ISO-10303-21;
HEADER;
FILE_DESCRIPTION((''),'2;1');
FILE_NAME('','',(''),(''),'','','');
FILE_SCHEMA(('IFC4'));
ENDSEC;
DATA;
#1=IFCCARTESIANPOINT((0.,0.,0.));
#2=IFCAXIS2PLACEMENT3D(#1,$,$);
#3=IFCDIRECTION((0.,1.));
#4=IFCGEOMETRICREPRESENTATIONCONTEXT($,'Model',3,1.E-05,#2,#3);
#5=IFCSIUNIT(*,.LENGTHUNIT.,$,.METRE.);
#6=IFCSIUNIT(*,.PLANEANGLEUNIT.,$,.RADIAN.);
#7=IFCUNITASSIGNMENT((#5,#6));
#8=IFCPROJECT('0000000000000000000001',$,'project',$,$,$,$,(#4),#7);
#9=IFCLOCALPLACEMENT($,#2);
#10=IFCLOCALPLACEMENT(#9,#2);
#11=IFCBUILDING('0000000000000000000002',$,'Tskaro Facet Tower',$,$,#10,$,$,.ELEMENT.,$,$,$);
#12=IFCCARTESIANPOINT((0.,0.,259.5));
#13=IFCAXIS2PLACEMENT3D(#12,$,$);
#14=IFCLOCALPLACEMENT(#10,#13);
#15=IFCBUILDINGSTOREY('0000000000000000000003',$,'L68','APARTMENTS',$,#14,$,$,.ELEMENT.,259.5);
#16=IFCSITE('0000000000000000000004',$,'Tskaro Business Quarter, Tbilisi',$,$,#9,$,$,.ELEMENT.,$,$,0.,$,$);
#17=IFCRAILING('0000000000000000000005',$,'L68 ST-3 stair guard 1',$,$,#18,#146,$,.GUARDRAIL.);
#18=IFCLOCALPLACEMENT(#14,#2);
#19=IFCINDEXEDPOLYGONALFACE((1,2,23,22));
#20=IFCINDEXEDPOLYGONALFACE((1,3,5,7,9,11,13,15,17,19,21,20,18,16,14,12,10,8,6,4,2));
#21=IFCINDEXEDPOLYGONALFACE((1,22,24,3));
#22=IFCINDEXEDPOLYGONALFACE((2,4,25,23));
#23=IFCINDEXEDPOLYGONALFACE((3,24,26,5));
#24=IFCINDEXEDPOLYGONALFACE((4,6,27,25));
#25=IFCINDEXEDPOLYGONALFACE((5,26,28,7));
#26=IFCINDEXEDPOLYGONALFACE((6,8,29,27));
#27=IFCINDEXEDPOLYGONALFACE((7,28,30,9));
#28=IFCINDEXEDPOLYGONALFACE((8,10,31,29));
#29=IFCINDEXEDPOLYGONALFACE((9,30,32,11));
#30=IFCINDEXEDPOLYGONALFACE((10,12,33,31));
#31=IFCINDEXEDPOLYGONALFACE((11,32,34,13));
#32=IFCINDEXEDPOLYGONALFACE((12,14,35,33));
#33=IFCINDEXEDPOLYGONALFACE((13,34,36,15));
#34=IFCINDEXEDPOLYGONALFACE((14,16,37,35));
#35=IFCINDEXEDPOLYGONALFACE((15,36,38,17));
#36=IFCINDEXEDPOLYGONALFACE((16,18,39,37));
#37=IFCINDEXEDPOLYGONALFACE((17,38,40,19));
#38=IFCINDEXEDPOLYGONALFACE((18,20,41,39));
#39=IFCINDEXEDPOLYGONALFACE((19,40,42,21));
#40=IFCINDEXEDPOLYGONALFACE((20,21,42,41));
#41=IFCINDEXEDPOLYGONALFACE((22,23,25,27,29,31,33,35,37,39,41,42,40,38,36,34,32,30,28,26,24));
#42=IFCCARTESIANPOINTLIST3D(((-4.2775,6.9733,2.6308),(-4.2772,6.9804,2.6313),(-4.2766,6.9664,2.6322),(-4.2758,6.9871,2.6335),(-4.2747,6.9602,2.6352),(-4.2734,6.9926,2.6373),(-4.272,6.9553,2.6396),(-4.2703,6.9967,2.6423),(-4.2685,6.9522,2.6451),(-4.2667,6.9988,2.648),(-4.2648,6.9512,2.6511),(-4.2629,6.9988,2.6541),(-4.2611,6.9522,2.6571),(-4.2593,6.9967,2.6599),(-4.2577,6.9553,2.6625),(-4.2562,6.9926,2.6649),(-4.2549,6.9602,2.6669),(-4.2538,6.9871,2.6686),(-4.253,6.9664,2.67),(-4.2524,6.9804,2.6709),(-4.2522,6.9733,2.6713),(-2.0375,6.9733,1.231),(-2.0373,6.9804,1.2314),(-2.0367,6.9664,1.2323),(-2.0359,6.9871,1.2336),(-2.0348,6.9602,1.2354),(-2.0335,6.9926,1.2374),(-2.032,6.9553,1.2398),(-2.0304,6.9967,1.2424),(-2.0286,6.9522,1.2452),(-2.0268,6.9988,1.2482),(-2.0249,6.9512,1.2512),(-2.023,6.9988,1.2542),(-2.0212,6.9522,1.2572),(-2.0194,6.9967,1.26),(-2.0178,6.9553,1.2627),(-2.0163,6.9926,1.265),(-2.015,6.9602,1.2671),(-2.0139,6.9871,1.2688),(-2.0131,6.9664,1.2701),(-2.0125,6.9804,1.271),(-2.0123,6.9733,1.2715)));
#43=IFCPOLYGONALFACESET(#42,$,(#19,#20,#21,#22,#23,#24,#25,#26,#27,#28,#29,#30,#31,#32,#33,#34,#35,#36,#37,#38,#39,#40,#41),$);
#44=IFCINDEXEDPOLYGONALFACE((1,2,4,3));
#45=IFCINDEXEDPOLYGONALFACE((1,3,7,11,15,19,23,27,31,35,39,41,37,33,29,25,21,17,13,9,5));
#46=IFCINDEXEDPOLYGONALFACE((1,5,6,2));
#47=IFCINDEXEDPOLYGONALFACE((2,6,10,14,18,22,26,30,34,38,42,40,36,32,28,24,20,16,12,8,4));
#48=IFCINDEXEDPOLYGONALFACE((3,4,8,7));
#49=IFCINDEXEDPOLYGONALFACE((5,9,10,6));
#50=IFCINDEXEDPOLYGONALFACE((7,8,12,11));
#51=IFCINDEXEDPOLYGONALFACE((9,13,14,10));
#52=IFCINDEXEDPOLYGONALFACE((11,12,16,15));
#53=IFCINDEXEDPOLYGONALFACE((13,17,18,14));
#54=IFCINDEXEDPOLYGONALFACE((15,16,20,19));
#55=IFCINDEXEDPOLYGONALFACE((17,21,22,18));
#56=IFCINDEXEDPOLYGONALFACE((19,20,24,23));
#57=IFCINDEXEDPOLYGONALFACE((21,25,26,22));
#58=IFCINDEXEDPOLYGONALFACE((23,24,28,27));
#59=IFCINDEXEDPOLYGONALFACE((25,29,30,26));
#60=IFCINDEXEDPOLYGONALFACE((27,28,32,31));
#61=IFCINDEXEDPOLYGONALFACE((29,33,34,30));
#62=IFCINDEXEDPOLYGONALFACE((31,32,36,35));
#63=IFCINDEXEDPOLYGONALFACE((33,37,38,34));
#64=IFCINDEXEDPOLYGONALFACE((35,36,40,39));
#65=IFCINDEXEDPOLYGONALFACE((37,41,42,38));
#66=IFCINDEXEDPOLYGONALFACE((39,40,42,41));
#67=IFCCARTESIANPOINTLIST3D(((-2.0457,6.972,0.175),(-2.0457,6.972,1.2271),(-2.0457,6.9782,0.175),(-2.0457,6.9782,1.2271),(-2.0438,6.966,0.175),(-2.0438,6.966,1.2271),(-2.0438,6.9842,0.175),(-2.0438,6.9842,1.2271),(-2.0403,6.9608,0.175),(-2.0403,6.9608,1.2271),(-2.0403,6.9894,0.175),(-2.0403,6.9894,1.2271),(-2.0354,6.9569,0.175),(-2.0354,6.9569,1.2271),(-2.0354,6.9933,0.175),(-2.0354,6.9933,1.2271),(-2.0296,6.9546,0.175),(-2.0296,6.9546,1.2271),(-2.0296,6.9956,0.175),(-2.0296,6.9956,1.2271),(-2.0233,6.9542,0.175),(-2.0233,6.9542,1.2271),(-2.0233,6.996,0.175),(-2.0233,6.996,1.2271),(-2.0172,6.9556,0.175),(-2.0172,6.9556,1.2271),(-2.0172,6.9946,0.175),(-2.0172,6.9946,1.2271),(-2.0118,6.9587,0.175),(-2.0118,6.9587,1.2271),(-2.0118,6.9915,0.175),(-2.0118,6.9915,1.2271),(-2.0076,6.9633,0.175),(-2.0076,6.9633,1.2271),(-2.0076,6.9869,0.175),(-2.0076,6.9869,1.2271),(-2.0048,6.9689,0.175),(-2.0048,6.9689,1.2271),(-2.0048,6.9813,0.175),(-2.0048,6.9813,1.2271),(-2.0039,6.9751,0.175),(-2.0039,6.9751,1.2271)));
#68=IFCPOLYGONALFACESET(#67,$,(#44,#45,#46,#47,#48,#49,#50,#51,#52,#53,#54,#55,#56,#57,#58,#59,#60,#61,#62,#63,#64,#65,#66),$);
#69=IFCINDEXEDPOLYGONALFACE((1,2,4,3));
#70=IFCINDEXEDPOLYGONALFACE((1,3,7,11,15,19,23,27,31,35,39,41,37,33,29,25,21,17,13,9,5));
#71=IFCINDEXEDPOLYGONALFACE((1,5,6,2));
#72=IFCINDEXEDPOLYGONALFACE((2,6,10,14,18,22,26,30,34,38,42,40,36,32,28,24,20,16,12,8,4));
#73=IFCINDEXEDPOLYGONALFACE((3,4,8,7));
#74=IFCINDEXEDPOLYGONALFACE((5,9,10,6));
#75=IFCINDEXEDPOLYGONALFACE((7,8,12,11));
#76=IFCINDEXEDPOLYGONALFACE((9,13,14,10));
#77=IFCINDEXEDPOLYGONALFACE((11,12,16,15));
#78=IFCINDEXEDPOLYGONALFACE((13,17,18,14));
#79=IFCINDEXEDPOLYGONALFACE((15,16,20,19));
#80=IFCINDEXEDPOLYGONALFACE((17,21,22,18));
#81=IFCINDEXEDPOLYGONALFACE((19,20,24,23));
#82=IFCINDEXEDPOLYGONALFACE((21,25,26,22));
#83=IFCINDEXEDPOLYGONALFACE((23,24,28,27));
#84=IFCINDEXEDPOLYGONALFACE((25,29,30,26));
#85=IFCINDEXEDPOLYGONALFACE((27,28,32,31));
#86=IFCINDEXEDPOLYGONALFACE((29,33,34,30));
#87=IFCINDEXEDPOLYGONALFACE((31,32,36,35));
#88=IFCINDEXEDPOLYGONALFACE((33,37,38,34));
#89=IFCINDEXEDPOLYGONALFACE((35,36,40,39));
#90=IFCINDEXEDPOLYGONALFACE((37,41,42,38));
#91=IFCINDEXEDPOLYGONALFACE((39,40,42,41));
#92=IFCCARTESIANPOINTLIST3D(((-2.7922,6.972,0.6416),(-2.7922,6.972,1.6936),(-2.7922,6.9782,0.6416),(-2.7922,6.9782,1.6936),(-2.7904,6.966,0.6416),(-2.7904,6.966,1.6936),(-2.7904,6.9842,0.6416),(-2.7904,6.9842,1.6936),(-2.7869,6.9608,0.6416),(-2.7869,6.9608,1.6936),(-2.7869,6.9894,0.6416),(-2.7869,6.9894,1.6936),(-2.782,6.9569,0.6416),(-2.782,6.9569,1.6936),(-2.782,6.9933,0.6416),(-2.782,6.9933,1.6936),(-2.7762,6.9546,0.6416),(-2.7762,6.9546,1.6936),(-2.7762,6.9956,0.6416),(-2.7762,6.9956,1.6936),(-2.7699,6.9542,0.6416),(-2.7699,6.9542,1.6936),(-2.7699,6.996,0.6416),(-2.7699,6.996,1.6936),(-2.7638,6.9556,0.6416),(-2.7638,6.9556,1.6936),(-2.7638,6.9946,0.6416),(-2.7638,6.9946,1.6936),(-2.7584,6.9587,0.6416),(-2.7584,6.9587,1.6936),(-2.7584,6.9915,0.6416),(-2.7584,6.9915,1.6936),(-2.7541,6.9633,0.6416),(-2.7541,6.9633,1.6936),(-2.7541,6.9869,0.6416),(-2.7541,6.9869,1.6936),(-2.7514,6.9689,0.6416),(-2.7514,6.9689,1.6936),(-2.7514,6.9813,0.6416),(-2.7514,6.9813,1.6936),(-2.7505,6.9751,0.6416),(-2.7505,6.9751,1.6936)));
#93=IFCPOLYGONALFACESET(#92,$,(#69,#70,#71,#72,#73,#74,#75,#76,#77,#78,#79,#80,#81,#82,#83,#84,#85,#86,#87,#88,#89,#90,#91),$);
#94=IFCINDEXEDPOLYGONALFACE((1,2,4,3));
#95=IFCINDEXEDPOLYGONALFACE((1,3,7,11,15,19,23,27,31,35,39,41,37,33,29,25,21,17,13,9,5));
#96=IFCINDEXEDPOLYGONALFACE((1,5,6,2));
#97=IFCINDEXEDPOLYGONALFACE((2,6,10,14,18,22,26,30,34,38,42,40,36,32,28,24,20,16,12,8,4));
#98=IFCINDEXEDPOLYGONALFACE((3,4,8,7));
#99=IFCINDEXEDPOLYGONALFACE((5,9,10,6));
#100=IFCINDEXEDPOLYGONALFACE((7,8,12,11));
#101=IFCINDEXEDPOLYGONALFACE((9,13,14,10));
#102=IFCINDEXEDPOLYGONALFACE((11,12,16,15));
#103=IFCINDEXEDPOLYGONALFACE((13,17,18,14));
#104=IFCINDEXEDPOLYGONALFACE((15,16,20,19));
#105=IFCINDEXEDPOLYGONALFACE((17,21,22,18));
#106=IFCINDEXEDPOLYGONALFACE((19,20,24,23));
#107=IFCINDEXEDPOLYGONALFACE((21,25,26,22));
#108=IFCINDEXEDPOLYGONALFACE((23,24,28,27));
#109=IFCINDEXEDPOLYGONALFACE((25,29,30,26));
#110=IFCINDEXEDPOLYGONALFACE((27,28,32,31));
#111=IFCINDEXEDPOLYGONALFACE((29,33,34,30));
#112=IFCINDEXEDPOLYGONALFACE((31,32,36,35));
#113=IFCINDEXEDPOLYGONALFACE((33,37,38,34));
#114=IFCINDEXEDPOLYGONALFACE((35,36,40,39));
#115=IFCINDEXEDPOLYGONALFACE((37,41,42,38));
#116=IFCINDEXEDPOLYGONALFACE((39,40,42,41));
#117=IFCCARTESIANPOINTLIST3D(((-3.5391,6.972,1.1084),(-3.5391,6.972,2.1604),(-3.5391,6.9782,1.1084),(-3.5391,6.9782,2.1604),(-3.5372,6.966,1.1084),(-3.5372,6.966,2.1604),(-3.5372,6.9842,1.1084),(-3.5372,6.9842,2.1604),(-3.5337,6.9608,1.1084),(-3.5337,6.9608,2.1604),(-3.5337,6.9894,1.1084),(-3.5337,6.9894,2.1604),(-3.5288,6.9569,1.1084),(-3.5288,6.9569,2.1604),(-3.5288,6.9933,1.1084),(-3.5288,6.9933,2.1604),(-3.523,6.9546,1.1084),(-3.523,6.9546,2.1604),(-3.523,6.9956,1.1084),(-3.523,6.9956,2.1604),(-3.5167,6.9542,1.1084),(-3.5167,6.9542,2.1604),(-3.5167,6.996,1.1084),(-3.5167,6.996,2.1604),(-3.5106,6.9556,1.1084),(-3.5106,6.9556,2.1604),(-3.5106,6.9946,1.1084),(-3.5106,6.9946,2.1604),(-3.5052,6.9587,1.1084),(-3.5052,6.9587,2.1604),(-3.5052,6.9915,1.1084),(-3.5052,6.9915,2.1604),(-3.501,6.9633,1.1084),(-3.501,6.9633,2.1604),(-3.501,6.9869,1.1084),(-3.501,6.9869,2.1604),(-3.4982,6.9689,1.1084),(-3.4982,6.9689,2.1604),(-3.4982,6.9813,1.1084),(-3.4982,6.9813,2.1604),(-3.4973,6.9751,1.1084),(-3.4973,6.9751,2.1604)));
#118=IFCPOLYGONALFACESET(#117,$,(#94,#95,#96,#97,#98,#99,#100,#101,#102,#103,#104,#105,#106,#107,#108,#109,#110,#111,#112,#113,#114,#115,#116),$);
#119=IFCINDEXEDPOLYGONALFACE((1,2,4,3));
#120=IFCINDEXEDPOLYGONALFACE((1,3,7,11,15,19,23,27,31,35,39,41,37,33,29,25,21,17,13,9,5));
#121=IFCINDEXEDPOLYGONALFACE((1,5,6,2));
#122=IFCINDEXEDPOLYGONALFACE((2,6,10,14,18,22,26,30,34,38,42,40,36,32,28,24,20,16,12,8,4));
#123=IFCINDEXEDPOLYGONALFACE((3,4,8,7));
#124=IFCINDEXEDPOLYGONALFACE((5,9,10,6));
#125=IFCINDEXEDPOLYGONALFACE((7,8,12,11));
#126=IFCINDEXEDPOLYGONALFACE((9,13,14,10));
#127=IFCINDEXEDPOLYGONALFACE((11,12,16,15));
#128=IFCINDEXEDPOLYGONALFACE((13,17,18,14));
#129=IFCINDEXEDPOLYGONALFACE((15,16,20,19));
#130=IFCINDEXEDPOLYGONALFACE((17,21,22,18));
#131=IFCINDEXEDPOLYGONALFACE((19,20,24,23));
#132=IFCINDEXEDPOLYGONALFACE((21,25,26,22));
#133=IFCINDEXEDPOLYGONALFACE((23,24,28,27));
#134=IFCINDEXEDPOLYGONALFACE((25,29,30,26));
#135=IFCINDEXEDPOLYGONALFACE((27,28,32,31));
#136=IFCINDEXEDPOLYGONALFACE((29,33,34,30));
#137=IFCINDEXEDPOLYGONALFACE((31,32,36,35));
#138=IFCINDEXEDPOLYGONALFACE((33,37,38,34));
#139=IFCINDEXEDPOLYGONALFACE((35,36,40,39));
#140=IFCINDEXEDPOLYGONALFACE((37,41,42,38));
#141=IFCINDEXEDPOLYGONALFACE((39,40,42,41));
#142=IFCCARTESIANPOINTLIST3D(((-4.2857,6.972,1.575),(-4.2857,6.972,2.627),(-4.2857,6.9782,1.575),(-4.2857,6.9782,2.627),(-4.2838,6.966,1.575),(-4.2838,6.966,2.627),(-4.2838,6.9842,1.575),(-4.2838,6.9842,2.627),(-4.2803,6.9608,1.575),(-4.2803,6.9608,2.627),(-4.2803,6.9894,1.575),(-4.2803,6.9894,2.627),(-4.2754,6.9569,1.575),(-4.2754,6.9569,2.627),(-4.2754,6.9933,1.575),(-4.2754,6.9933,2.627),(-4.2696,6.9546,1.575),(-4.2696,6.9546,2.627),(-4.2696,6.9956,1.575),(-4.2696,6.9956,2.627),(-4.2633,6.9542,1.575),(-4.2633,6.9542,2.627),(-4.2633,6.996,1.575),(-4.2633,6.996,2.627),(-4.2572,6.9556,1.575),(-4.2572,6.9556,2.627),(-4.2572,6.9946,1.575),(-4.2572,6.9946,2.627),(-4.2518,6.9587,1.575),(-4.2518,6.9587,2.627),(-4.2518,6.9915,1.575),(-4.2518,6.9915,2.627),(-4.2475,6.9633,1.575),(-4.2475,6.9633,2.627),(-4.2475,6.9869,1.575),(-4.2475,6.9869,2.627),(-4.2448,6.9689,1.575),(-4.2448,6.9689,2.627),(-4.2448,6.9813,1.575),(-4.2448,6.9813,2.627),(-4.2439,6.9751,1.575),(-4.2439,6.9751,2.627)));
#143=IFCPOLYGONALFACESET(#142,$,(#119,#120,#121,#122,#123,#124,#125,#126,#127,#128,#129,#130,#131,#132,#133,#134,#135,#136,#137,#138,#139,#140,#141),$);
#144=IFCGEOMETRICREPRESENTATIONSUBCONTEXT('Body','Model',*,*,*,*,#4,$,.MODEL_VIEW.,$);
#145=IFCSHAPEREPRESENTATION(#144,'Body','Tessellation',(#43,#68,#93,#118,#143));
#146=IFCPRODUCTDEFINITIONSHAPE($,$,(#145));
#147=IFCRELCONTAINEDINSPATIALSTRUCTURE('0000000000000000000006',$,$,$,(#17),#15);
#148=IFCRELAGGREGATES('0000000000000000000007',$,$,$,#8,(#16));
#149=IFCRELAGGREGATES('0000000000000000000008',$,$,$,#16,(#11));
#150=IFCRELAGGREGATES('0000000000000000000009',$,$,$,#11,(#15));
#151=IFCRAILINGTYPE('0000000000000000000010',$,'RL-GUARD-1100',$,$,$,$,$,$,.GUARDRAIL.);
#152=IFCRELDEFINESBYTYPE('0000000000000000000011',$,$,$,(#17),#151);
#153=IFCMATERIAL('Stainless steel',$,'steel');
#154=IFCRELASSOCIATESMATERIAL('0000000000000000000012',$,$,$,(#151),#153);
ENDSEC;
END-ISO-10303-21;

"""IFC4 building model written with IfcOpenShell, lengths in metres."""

from ifc_helpers import new_model, si_unit, direction, frame, origin, origin_2d, place, context, subcontext, project, spatial, circle, extrude, material, type_object, element, save


model = new_model("IFC4")

# Units and contexts
model_context = context("Model", 3, precision=1e-05, world=origin(), true_north=direction((0.0, 1.0)))
body_context = subcontext(model_context, "Body", "Model", "MODEL_VIEW")
ifc_project = project(units=[si_unit("LENGTHUNIT", "METRE"), si_unit("PLANEANGLEUNIT", "RADIAN")], contexts=[model_context])

# Site, building, storey
site_placement = place(None, origin())
site = spatial("IfcSite", under=ifc_project, at=site_placement, Name="Tskaro Business Quarter, Tbilisi", CompositionType="ELEMENT", RefElevation=0.0)
building_placement = place(site_placement, origin())
building = spatial("IfcBuilding", under=site, at=building_placement, Name="Tskaro Facet Tower", CompositionType="ELEMENT")
storey_placement = place(building_placement, frame((0.0, 0.0, 259.5)))
storey = spatial("IfcBuildingStorey", under=building, at=storey_placement, Name="L68", Description="APARTMENTS", CompositionType="ELEMENT", Elevation=259.5)

# Railing
ifc_material_1 = material(Name="Stainless steel", Category="steel")
railing_type_1 = type_object("IfcRailingType", Name="RL-GUARD-1100", PredefinedType="GUARDRAIL", material=ifc_material_1)
railing_1_placement = place(storey_placement, frame((-2.0249, 6.9751, 0.175)))
element("IfcRailing", 1, at=railing_1_placement, inside=storey, type_object=railing_type_1, Name="L68 ST-3 stair guard 1", PredefinedType="GUARDRAIL", context=body_context, shape_type="SweptSolid", body=[
    extrude(circle(Radius=0.0239, at=origin_2d()), frame((0.0, 0.0, 1.0762), z_axis=(-0.848014, 0.0, 0.529974), x_axis=(0.0, -1.0, 0.0)), (0.0, 0.0, 1.0), 2.6414),
    extrude(circle(Radius=0.021, at=origin_2d()), origin(), (0.0, 0.0, 1.0), 1.052),
    extrude(circle(Radius=0.021, at=origin_2d()), frame((-0.7466, 0.0, 0.4666)), (0.0, 0.0, 1.0), 1.052),
    extrude(circle(Radius=0.021, at=origin_2d()), frame((-1.4934, 0.0, 0.9333)), (0.0, 0.0, 1.0), 1.052),
    extrude(circle(Radius=0.021, at=origin_2d()), frame((-2.24, 0.0, 1.3999)), (0.0, 0.0, 1.0), 1.052),
])

save(model, "model.ifc")
